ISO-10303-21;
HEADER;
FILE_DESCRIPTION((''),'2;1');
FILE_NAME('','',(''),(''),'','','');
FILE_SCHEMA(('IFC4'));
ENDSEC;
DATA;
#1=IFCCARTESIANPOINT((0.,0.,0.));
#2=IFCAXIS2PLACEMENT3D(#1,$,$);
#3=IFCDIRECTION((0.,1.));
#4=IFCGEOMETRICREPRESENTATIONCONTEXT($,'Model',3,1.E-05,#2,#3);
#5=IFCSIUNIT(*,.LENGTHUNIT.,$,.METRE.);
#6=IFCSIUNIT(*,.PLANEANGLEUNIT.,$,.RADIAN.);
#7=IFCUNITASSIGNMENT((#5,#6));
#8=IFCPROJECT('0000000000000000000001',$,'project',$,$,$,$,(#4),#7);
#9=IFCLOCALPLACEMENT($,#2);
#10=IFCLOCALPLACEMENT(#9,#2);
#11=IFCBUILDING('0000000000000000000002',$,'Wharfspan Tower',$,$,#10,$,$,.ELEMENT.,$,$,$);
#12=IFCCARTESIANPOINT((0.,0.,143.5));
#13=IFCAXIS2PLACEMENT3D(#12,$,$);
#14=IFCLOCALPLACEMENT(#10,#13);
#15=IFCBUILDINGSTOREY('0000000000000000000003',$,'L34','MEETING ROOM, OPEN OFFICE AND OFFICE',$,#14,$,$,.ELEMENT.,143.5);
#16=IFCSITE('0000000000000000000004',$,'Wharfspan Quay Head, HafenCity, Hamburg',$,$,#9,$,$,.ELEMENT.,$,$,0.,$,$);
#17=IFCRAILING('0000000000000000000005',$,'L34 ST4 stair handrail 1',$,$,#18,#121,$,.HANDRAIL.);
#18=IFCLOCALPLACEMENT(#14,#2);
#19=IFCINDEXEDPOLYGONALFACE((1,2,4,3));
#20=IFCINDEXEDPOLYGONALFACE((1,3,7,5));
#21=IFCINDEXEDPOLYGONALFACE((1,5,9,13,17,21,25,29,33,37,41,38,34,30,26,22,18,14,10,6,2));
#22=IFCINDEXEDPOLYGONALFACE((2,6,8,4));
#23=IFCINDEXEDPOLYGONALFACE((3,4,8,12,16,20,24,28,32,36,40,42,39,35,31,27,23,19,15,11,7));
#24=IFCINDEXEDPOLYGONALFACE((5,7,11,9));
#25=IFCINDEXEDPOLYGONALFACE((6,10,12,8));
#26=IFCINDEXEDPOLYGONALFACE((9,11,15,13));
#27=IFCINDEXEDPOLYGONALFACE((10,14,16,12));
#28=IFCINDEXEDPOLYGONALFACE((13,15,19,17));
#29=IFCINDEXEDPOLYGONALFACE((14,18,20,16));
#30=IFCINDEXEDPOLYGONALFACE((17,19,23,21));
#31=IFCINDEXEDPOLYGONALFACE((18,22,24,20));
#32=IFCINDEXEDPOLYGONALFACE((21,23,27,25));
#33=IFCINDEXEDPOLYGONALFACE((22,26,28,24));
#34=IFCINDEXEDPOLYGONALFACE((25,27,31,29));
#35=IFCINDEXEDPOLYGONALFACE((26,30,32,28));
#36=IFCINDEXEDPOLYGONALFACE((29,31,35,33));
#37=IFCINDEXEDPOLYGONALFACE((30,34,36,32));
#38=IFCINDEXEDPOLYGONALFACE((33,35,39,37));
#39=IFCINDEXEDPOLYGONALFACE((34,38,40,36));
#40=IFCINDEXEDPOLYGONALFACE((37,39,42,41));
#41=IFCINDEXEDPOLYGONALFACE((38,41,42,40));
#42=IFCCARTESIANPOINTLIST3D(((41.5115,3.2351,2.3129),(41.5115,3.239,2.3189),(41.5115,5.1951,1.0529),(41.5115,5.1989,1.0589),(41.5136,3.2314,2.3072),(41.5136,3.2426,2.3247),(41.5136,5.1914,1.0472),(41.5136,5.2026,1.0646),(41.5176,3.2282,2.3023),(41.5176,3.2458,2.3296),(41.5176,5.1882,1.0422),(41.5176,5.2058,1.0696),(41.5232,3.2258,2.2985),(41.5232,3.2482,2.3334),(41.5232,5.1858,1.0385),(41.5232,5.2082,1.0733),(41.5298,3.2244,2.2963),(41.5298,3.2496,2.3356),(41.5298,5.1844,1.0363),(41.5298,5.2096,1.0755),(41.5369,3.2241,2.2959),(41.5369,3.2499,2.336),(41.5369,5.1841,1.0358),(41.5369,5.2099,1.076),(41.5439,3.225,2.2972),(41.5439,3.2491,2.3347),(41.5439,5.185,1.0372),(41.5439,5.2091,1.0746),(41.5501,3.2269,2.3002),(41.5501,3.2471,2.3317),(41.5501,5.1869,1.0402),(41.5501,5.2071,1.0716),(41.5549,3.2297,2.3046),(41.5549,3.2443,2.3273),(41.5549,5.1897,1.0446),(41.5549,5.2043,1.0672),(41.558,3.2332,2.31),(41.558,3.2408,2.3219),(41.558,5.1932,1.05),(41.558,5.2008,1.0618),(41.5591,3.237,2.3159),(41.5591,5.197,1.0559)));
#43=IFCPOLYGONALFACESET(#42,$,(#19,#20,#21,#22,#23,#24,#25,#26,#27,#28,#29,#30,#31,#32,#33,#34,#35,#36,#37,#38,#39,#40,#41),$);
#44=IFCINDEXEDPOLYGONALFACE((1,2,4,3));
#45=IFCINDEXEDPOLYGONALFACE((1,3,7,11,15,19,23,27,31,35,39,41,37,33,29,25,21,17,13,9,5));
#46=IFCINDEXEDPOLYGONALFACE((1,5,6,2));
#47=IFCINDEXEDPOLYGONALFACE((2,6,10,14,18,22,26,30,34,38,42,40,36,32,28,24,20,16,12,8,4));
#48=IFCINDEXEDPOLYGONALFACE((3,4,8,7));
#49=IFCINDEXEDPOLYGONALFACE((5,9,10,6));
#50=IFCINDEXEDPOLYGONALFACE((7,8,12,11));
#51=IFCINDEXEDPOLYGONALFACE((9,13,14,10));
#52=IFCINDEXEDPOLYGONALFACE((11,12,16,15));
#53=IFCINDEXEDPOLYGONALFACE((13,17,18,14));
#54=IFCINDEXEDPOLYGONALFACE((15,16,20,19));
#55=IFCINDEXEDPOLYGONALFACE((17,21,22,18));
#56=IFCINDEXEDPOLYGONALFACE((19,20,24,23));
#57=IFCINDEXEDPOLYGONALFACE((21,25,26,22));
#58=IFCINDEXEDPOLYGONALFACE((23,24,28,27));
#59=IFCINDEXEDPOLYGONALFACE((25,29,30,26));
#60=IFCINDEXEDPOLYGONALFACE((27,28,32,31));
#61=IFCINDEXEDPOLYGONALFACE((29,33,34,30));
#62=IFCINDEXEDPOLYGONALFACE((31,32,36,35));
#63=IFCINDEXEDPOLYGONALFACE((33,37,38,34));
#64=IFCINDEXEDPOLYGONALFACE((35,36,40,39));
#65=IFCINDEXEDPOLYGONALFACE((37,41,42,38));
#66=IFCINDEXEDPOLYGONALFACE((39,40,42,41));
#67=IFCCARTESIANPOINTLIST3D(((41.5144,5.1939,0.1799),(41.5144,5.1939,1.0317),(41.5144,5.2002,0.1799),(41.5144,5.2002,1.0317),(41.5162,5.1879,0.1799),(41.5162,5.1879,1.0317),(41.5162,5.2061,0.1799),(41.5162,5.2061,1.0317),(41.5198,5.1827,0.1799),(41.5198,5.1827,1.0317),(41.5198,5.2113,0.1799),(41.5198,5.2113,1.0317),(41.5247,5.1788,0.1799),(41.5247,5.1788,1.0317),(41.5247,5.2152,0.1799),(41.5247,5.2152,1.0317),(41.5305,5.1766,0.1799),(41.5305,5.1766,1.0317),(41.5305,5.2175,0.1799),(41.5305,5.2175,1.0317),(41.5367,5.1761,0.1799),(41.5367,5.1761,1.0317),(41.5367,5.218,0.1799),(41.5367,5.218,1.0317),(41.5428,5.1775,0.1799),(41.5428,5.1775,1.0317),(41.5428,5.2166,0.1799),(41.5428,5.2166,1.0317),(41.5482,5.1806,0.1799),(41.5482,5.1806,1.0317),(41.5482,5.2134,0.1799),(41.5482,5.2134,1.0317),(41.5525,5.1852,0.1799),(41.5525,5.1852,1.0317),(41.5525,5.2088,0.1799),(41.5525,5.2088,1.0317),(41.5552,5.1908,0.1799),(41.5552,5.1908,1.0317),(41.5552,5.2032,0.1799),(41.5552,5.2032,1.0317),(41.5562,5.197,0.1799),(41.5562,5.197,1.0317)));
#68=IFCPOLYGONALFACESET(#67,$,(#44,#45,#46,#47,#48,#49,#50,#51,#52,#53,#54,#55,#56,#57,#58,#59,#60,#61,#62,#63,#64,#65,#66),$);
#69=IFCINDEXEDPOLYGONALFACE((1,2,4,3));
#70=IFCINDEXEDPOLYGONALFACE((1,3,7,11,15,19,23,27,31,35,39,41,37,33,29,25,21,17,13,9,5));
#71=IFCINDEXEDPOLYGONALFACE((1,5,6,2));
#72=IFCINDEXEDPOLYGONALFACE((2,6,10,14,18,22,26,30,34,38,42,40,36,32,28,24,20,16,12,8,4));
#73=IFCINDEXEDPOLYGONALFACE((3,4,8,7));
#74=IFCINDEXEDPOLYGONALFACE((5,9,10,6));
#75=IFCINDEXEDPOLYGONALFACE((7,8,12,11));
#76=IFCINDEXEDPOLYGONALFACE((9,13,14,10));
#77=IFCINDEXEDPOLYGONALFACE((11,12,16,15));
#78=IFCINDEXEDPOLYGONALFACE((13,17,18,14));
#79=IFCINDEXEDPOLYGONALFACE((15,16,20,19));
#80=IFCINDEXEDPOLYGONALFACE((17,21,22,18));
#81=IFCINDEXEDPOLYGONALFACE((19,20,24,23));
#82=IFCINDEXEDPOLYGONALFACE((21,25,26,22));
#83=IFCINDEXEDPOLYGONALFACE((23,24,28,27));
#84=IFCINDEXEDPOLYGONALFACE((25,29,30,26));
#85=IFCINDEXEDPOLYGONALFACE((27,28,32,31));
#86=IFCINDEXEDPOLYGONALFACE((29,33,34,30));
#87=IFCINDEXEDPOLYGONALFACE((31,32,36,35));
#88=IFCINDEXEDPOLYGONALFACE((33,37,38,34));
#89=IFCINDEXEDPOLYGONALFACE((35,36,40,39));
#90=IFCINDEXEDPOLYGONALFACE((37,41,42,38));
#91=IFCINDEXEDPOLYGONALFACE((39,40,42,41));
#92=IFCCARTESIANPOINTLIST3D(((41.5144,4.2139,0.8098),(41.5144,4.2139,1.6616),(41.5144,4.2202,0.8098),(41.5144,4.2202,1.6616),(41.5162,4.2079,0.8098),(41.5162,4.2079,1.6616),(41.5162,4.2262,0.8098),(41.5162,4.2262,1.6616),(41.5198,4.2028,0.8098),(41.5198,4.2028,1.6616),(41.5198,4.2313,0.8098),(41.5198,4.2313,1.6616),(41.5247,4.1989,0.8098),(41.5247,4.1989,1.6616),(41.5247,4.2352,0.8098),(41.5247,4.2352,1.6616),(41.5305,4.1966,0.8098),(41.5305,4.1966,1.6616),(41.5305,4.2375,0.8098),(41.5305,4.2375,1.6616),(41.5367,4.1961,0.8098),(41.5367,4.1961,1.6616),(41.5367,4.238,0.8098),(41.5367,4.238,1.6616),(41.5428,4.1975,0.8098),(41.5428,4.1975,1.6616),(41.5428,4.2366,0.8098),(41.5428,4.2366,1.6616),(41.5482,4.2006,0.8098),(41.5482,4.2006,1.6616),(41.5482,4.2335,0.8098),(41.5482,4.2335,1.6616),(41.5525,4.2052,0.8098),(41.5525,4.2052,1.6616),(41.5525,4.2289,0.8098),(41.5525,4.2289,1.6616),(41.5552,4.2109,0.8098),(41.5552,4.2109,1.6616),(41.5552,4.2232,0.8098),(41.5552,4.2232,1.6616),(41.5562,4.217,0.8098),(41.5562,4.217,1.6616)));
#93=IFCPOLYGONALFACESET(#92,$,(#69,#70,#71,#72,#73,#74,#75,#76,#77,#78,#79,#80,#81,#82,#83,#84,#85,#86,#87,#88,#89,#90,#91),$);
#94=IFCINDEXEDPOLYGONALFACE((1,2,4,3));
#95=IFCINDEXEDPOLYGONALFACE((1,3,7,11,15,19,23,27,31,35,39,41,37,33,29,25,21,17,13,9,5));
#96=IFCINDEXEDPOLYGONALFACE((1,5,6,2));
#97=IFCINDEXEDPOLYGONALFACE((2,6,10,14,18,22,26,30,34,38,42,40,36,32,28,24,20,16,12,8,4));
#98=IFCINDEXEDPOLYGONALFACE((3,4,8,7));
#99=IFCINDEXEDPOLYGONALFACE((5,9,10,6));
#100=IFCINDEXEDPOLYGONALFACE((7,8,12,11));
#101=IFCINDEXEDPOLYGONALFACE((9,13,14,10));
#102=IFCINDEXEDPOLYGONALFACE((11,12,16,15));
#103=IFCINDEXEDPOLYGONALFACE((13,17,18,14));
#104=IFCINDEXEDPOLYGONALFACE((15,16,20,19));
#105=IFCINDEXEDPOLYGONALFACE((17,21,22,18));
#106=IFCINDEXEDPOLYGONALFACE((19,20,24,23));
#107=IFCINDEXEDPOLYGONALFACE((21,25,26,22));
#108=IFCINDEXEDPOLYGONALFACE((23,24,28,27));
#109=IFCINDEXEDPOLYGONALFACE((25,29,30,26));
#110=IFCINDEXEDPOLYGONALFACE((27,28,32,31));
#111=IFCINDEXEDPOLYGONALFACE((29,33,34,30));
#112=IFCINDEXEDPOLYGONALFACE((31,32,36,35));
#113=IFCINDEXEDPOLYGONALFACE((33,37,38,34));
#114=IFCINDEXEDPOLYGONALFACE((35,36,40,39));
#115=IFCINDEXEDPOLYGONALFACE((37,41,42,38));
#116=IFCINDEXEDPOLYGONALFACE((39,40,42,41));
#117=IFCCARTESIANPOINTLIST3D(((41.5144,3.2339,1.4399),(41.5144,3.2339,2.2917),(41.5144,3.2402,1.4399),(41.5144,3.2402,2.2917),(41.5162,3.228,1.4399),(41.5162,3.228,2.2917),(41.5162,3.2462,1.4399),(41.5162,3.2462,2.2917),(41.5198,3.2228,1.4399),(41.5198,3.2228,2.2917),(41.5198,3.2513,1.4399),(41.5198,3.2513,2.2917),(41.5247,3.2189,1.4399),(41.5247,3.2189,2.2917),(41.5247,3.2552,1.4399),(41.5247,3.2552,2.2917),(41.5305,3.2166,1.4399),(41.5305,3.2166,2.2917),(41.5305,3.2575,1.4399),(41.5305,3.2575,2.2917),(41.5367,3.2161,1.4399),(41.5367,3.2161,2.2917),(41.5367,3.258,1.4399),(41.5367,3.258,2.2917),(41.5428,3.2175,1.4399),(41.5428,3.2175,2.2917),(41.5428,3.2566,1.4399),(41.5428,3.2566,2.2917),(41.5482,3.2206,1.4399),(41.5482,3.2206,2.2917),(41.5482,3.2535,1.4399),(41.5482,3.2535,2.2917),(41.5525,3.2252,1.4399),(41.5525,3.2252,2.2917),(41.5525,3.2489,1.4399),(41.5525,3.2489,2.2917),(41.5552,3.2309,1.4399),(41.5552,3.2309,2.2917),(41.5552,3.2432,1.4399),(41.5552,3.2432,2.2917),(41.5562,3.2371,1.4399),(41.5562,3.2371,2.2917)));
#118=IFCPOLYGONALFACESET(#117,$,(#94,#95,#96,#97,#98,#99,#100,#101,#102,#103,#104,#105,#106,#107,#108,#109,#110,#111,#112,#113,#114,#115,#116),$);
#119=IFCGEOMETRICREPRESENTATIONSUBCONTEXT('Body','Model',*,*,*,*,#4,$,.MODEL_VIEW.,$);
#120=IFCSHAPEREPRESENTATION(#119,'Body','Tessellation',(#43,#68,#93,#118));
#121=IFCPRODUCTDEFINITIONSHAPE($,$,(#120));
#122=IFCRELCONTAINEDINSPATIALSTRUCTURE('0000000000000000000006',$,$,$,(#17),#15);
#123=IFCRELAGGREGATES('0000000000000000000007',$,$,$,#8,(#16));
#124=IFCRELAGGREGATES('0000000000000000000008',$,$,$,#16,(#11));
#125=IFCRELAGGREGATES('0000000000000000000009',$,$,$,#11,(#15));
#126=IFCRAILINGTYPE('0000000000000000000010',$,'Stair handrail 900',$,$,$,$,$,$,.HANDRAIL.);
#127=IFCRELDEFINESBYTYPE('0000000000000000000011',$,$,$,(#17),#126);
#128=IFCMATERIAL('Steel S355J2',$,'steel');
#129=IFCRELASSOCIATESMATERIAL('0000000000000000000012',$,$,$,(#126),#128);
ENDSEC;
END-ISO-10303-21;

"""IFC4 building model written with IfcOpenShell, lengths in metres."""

from ifc_helpers import new_model, si_unit, direction, frame, origin, origin_2d, place, context, subcontext, project, spatial, circle, extrude, material, type_object, element, save


model = new_model("IFC4")

# Units and contexts
model_context = context("Model", 3, precision=1e-05, world=origin(), true_north=direction((0.0, 1.0)))
body_context = subcontext(model_context, "Body", "Model", "MODEL_VIEW")
ifc_project = project(units=[si_unit("LENGTHUNIT", "METRE"), si_unit("PLANEANGLEUNIT", "RADIAN")], contexts=[model_context])

# Site, building, storey
site_placement = place(None, origin())
site = spatial("IfcSite", under=ifc_project, at=site_placement, Name="Wharfspan Quay Head, HafenCity, Hamburg", CompositionType="ELEMENT", RefElevation=0.0)
building_placement = place(site_placement, origin())
building = spatial("IfcBuilding", under=site, at=building_placement, Name="Wharfspan Tower", CompositionType="ELEMENT")
storey_placement = place(building_placement, frame((0.0, 0.0, 143.5)))
storey = spatial("IfcBuildingStorey", under=building, at=storey_placement, Name="L34", Description="MEETING ROOM, OPEN OFFICE AND OFFICE", CompositionType="ELEMENT", Elevation=143.5)

# Shared definitions
ifc_material_1 = material(Name="Steel S355J2", Category="steel")

# Railing
railing_type_1 = type_object("IfcRailingType", Name="Stair handrail 900", PredefinedType="HANDRAIL", material=ifc_material_1)
railing_1_placement = place(storey_placement, frame((41.5352, 5.197, 0.1799)))
element("IfcRailing", 1, at=railing_1_placement, inside=storey, type_object=railing_type_1, Name="L34 ST4 stair handrail 1", PredefinedType="HANDRAIL", context=body_context, shape_type="SweptSolid", body=[
    extrude(circle(Radius=0.0239, at=origin_2d()), frame((0.0, 0.0, 0.876), z_axis=(0.0, -0.841172, 0.540768), x_axis=(1.0, 0.0, 0.0)), (0.0, 0.0, 1.0), 2.3301),
    extrude(circle(Radius=0.021, at=origin_2d()), origin(), (0.0, 0.0, 1.0), 0.8518),
    extrude(circle(Radius=0.021, at=origin_2d()), frame((0.0, -0.98, 0.6299)), (0.0, 0.0, 1.0), 0.8518),
    extrude(circle(Radius=0.021, at=origin_2d()), frame((0.0, -1.96, 1.26)), (0.0, 0.0, 1.0), 0.8518),
])

save(model, "model.ifc")
